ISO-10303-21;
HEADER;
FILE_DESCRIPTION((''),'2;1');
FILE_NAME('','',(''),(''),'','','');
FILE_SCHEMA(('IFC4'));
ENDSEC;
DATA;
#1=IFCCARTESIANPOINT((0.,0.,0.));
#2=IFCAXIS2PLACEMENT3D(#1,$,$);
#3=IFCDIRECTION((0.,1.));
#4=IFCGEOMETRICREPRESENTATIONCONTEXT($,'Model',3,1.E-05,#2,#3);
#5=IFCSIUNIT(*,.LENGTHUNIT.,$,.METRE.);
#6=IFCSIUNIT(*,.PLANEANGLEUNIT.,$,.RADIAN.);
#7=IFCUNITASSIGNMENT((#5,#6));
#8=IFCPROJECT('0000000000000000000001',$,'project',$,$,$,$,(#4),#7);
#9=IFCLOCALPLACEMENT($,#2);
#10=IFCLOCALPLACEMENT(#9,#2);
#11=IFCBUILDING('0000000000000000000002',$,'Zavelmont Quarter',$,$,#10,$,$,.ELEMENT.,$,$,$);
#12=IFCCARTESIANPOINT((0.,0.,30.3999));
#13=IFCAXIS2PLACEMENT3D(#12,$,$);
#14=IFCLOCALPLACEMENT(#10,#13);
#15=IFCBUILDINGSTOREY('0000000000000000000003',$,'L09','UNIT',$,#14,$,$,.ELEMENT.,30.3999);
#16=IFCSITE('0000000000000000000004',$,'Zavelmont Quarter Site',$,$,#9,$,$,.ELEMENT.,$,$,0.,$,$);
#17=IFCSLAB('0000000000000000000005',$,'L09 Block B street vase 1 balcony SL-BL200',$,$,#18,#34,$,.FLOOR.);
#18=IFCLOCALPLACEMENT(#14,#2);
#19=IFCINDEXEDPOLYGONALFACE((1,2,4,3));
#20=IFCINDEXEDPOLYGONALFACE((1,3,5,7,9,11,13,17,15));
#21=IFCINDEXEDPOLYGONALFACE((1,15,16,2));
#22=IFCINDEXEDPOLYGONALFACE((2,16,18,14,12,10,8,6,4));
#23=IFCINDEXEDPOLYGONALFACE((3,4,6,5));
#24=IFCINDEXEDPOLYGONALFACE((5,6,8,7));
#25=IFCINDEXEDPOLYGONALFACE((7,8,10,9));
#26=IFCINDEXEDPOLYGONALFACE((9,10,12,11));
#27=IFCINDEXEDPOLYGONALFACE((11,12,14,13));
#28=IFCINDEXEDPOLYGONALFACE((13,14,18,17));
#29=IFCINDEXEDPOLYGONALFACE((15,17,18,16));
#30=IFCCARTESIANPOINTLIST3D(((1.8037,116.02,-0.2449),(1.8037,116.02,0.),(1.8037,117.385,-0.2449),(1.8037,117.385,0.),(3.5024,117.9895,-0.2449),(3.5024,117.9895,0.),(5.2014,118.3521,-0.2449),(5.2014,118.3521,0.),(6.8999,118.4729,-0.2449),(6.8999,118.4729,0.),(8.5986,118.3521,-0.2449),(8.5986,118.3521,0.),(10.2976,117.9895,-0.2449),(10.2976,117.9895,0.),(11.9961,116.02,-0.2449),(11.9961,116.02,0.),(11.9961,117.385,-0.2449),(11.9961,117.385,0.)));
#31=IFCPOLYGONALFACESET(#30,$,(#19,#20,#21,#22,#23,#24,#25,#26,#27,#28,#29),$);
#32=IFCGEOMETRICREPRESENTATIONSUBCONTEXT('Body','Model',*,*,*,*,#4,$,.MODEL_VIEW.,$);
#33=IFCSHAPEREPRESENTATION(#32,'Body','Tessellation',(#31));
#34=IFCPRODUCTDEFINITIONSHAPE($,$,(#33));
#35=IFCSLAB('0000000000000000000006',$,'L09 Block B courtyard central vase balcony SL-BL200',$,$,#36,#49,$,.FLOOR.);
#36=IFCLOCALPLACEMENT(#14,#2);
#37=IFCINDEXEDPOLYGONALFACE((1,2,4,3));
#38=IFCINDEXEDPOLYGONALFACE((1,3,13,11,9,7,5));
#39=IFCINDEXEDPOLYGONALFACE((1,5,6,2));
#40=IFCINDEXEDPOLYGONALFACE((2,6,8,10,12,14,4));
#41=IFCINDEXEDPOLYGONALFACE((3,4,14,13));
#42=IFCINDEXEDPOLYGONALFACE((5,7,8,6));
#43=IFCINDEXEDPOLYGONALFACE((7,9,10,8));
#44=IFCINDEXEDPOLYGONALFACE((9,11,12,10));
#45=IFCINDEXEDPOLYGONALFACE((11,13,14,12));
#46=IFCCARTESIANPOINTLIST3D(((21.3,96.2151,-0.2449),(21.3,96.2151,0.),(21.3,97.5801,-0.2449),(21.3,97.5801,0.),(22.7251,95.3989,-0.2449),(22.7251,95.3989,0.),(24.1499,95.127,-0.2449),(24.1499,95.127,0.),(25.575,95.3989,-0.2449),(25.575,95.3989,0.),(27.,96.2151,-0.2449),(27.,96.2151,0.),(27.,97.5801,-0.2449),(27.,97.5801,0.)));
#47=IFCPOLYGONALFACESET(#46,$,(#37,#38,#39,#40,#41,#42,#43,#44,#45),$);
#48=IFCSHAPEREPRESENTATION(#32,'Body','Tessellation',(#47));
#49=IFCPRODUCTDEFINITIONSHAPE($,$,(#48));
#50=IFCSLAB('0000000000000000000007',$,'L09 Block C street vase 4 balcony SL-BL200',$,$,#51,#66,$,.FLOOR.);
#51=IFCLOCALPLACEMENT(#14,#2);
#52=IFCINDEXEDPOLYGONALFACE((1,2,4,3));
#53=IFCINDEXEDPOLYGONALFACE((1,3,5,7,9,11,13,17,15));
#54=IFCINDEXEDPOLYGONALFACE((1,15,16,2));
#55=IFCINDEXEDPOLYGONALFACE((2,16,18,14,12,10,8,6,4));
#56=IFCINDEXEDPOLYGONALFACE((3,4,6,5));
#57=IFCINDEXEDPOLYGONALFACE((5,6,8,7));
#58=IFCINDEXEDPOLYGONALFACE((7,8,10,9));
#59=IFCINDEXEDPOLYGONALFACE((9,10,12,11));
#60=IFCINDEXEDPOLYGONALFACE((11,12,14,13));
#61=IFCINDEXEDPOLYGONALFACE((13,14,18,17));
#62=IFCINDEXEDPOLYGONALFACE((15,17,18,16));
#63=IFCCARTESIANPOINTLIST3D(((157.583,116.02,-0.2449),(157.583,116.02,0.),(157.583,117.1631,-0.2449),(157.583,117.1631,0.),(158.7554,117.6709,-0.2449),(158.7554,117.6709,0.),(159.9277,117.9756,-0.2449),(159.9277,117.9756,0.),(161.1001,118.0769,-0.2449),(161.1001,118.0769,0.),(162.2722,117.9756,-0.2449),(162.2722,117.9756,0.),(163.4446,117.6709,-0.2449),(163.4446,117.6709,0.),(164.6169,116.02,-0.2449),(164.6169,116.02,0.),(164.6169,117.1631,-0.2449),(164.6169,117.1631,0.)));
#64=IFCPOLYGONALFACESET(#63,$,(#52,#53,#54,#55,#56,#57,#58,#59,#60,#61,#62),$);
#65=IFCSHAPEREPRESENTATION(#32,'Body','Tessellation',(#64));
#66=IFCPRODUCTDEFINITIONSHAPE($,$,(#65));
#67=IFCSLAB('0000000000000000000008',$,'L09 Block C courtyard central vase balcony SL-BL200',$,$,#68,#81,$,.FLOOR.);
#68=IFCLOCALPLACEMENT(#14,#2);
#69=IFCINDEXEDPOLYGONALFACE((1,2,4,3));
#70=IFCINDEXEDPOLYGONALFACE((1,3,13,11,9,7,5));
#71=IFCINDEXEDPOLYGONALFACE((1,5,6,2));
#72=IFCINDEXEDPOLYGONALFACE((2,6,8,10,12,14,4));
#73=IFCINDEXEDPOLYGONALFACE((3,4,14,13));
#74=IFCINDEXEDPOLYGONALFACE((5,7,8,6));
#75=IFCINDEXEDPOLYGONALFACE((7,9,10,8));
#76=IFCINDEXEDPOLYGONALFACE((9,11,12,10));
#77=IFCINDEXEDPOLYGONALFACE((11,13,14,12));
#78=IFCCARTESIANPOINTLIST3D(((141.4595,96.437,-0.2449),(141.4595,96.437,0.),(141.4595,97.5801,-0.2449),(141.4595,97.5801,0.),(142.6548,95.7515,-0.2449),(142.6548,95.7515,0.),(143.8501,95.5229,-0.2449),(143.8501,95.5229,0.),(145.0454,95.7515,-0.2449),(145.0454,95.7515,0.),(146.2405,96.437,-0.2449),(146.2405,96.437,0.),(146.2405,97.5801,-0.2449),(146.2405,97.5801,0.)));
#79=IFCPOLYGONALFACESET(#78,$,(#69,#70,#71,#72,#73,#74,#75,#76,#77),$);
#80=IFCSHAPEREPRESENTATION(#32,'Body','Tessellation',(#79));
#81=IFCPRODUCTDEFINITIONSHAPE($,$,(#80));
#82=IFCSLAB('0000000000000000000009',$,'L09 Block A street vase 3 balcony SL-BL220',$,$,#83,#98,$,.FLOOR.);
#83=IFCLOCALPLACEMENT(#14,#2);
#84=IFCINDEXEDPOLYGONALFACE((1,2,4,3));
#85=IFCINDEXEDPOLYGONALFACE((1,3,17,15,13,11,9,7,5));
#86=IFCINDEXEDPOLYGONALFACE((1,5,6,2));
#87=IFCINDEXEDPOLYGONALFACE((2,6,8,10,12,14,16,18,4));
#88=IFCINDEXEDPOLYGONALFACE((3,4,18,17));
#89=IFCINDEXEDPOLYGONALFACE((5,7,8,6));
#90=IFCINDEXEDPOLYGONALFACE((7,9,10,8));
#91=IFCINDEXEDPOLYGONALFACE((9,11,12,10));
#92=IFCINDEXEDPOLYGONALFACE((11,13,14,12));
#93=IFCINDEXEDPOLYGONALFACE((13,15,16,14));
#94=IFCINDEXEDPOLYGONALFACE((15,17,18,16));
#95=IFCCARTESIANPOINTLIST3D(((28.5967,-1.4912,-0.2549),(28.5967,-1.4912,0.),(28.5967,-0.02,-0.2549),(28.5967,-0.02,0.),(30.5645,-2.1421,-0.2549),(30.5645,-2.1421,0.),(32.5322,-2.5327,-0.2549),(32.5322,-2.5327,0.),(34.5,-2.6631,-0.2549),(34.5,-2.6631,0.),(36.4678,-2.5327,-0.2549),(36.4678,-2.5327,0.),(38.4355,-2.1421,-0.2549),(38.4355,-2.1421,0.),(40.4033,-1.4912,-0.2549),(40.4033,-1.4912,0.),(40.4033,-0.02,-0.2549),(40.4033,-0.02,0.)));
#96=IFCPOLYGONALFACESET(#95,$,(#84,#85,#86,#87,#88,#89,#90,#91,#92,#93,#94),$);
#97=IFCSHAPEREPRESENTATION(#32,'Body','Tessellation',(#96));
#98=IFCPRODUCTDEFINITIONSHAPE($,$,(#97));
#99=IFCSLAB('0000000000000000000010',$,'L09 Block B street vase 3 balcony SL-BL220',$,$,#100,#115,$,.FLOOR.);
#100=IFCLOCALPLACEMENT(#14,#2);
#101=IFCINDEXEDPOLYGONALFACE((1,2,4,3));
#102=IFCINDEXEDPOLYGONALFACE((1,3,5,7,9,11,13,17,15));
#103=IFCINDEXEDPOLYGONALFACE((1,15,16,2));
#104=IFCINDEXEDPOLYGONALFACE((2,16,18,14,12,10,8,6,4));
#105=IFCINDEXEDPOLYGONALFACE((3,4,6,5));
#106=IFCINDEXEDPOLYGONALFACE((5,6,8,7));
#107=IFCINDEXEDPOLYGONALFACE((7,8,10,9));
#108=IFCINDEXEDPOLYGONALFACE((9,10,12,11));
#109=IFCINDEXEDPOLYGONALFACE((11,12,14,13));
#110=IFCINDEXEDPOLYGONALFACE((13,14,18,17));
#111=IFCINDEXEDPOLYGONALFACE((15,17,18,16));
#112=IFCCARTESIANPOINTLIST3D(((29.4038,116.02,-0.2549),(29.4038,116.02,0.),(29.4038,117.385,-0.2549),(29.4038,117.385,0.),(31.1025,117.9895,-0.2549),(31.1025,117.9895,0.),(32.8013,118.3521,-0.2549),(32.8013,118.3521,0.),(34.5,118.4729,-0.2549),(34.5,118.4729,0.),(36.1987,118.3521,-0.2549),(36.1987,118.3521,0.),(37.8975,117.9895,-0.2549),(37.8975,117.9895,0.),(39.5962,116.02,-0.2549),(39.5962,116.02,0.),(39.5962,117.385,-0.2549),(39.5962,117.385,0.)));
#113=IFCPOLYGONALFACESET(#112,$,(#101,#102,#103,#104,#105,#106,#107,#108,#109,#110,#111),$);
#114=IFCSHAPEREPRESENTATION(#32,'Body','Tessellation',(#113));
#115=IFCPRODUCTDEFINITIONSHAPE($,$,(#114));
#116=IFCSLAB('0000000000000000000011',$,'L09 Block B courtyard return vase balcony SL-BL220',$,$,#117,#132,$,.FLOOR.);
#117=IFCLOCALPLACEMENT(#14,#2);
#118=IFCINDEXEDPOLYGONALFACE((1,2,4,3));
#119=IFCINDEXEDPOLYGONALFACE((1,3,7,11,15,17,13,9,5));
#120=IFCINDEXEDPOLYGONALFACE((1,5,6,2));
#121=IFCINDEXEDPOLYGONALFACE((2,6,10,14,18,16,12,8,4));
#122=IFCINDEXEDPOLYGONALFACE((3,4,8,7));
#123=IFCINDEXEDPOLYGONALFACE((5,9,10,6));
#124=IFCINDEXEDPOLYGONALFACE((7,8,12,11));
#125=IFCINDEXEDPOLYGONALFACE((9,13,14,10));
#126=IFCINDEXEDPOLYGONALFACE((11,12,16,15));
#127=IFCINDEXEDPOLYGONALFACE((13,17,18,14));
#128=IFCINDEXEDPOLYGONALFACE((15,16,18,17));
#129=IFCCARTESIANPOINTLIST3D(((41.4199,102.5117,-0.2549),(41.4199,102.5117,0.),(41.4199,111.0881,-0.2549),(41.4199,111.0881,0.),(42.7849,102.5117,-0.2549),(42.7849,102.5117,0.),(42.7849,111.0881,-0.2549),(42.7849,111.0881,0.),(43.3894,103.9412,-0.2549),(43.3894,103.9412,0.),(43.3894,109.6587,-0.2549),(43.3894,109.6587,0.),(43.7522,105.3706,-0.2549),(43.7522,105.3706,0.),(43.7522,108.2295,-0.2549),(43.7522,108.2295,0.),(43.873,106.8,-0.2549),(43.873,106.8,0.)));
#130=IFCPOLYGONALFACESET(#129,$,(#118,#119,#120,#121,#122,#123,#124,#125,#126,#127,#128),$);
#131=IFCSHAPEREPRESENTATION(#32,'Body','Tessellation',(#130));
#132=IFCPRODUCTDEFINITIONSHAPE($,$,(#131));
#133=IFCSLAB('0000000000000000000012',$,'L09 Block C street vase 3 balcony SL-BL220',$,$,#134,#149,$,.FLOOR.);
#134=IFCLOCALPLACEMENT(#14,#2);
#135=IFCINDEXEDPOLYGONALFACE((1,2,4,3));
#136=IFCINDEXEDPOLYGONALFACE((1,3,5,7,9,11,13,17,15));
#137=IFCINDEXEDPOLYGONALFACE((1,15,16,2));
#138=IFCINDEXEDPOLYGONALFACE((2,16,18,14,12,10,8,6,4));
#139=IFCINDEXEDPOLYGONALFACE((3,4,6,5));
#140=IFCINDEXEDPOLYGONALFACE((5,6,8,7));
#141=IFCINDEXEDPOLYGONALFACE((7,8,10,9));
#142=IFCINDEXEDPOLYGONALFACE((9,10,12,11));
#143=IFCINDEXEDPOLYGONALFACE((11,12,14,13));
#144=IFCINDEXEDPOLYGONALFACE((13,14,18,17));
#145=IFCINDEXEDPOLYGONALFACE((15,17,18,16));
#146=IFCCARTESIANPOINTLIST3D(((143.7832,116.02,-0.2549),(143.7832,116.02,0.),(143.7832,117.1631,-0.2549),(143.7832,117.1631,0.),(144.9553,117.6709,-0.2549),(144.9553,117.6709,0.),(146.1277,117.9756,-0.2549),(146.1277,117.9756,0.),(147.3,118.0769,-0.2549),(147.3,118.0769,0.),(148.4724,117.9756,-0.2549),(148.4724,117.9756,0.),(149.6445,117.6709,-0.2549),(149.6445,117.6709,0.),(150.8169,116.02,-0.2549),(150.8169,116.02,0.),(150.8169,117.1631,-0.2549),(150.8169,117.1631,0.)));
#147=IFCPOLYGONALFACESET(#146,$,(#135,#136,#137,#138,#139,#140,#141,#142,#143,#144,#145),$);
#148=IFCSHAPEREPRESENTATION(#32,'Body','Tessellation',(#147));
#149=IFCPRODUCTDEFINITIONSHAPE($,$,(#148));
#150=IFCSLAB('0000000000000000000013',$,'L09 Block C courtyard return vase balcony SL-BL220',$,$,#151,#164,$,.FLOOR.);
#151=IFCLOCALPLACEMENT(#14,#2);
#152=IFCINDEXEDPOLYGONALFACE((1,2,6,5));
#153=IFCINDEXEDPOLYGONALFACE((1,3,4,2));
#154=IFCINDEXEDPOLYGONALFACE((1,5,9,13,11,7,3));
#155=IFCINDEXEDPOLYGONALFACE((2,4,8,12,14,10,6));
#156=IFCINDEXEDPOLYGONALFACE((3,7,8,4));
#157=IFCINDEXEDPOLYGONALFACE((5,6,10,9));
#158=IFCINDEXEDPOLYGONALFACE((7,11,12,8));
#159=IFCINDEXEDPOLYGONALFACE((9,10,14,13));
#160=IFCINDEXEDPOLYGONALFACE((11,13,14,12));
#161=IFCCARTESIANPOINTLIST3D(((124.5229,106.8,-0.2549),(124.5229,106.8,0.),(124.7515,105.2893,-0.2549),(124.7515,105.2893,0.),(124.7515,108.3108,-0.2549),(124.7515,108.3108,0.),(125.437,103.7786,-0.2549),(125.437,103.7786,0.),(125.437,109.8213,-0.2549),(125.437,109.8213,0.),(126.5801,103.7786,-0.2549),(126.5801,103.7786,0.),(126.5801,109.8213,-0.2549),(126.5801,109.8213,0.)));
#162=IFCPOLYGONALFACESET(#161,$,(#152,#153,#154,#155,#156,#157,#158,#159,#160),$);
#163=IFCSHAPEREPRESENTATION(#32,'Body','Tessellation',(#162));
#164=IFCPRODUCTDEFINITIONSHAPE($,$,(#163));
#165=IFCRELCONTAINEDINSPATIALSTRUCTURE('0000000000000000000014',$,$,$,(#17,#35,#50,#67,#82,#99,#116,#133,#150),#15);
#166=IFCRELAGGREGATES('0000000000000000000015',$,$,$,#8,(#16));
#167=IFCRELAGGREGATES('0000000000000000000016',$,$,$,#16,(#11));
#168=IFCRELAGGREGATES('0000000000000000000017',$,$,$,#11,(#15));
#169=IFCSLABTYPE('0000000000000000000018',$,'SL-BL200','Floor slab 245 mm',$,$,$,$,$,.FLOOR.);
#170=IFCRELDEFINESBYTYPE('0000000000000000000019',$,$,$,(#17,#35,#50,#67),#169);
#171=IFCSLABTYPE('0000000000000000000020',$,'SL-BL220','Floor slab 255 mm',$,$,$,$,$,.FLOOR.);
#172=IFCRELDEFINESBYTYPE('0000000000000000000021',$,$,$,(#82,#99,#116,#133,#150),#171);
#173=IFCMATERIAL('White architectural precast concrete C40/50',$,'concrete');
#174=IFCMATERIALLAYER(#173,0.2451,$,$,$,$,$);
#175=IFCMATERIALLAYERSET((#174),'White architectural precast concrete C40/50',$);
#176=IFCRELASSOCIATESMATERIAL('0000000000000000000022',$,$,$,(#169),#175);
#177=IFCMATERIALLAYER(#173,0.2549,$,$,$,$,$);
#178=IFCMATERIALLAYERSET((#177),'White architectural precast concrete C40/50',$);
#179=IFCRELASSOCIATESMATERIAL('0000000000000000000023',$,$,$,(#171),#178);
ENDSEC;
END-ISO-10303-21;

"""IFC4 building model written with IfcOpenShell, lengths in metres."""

from ifc_helpers import new_model, si_unit, direction, frame, origin, place, context, subcontext, project, spatial, polyline, outline, extrude, material, layer, layer_set, type_object, element, save


model = new_model("IFC4")

# Units and contexts
model_context = context("Model", 3, precision=1e-05, world=origin(), true_north=direction((0.0, 1.0)))
body_context = subcontext(model_context, "Body", "Model", "MODEL_VIEW")
ifc_project = project(units=[si_unit("LENGTHUNIT", "METRE"), si_unit("PLANEANGLEUNIT", "RADIAN")], contexts=[model_context])

# Site, building, storey
site_placement = place(None, origin())
site = spatial("IfcSite", under=ifc_project, at=site_placement, Name="Zavelmont Quarter Site", CompositionType="ELEMENT", RefElevation=0.0)
building_placement = place(site_placement, origin())
building = spatial("IfcBuilding", under=site, at=building_placement, Name="Zavelmont Quarter", CompositionType="ELEMENT")
storey_placement = place(building_placement, frame((0.0, 0.0, 30.3999)))
storey = spatial("IfcBuildingStorey", under=building, at=storey_placement, Name="L09", Description="UNIT", CompositionType="ELEMENT", Elevation=30.3999)

# Shared definitions
ifc_material_1 = material(Name="White architectural precast concrete C40/50", Category="concrete")

# Slabs
ifc_layer_1 = layer(ifc_material_1, 0.2451)
ifc_layer_set_1 = layer_set([ifc_layer_1], Name="White architectural precast concrete C40/50")
slab_type_1 = type_object("IfcSlabType", Name="SL-BL200", Description="Floor slab 245 mm", PredefinedType="FLOOR", material=ifc_layer_set_1)
slab_1_placement = place(storey_placement, frame((0.0, 0.0, -0.2449)))
element("IfcSlab", 1, at=slab_1_placement, inside=storey, type_object=slab_type_1, Name="L09 Block B street vase 1 balcony SL-BL200", PredefinedType="FLOOR", context=body_context, shape_type="SweptSolid", body=[
    extrude(outline(polyline([(11.9961, 116.02), (11.9961, 117.385), (10.2976, 117.9895), (8.5986, 118.3521), (6.8999, 118.4729), (5.2014, 118.3521), (3.5024, 117.9895), (1.8037, 117.385), (1.8037, 116.02), (11.9961, 116.02)])), origin(), (0.0, 0.0, 1.0), 0.2449),
])
slab_2_placement = place(storey_placement, frame((0.0, 0.0, -0.2449)))
element("IfcSlab", 2, at=slab_2_placement, inside=storey, type_object=slab_type_1, Name="L09 Block B courtyard central vase balcony SL-BL200", PredefinedType="FLOOR", context=body_context, shape_type="SweptSolid", body=[
    extrude(outline(polyline([(21.3, 97.5801), (21.3, 96.2151), (22.7251, 95.3989), (24.1499, 95.127), (25.575, 95.3989), (27.0, 96.2151), (27.0, 97.5801), (21.3, 97.5801)])), origin(), (0.0, 0.0, 1.0), 0.2449),
])
slab_3_placement = place(storey_placement, frame((0.0, 0.0, -0.2449)))
element("IfcSlab", 3, at=slab_3_placement, inside=storey, type_object=slab_type_1, Name="L09 Block C street vase 4 balcony SL-BL200", PredefinedType="FLOOR", context=body_context, shape_type="SweptSolid", body=[
    extrude(outline(polyline([(164.6169, 116.02), (164.6169, 117.1631), (163.4446, 117.6709), (162.2722, 117.9756), (161.1001, 118.0769), (159.9277, 117.9756), (158.7554, 117.6709), (157.583, 117.1631), (157.583, 116.02), (164.6169, 116.02)])), origin(), (0.0, 0.0, 1.0), 0.2449),
])
slab_4_placement = place(storey_placement, frame((0.0, 0.0, -0.2449)))
element("IfcSlab", 4, at=slab_4_placement, inside=storey, type_object=slab_type_1, Name="L09 Block C courtyard central vase balcony SL-BL200", PredefinedType="FLOOR", context=body_context, shape_type="SweptSolid", body=[
    extrude(outline(polyline([(141.4595, 97.5801), (141.4595, 96.437), (142.6548, 95.7515), (143.8501, 95.5229), (145.0454, 95.7515), (146.2405, 96.437), (146.2405, 97.5801), (141.4595, 97.5801)])), origin(), (0.0, 0.0, 1.0), 0.2449),
])
ifc_layer_2 = layer(ifc_material_1, 0.2549)
ifc_layer_set_2 = layer_set([ifc_layer_2], Name="White architectural precast concrete C40/50")
slab_type_2 = type_object("IfcSlabType", Name="SL-BL220", Description="Floor slab 255 mm", PredefinedType="FLOOR", material=ifc_layer_set_2)
slab_5_placement = place(storey_placement, frame((0.0, 0.0, -0.2549)))
element("IfcSlab", 5, at=slab_5_placement, inside=storey, type_object=slab_type_2, Name="L09 Block A street vase 3 balcony SL-BL220", PredefinedType="FLOOR", context=body_context, shape_type="SweptSolid", body=[
    extrude(outline(polyline([(28.5967, -0.02), (28.5967, -1.4912), (30.5645, -2.1421), (32.5322, -2.5327), (34.5, -2.6631), (36.4678, -2.5327), (38.4355, -2.1421), (40.4033, -1.4912), (40.4033, -0.02), (28.5967, -0.02)])), origin(), (0.0, 0.0, 1.0), 0.2549),
])
slab_6_placement = place(storey_placement, frame((0.0, 0.0, -0.2549)))
element("IfcSlab", 6, at=slab_6_placement, inside=storey, type_object=slab_type_2, Name="L09 Block B street vase 3 balcony SL-BL220", PredefinedType="FLOOR", context=body_context, shape_type="SweptSolid", body=[
    extrude(outline(polyline([(39.5962, 116.02), (39.5962, 117.385), (37.8975, 117.9895), (36.1987, 118.3521), (34.5, 118.4729), (32.8013, 118.3521), (31.1025, 117.9895), (29.4038, 117.385), (29.4038, 116.02), (39.5962, 116.02)])), origin(), (0.0, 0.0, 1.0), 0.2549),
])
slab_7_placement = place(storey_placement, frame((0.0, 0.0, -0.2549)))
element("IfcSlab", 7, at=slab_7_placement, inside=storey, type_object=slab_type_2, Name="L09 Block B courtyard return vase balcony SL-BL220", PredefinedType="FLOOR", context=body_context, shape_type="SweptSolid", body=[
    extrude(outline(polyline([(41.4199, 102.5117), (42.7849, 102.5117), (43.3894, 103.9412), (43.7522, 105.3706), (43.873, 106.8), (43.7522, 108.2295), (43.3894, 109.6587), (42.7849, 111.0881), (41.4199, 111.0881), (41.4199, 102.5117)])), origin(), (0.0, 0.0, 1.0), 0.2549),
])
slab_8_placement = place(storey_placement, frame((0.0, 0.0, -0.2549)))
element("IfcSlab", 8, at=slab_8_placement, inside=storey, type_object=slab_type_2, Name="L09 Block C street vase 3 balcony SL-BL220", PredefinedType="FLOOR", context=body_context, shape_type="SweptSolid", body=[
    extrude(outline(polyline([(150.8169, 116.02), (150.8169, 117.1631), (149.6445, 117.6709), (148.4724, 117.9756), (147.3, 118.0769), (146.1277, 117.9756), (144.9553, 117.6709), (143.7832, 117.1631), (143.7832, 116.02), (150.8169, 116.02)])), origin(), (0.0, 0.0, 1.0), 0.2549),
])
slab_9_placement = place(storey_placement, frame((0.0, 0.0, -0.2549)))
element("IfcSlab", 9, at=slab_9_placement, inside=storey, type_object=slab_type_2, Name="L09 Block C courtyard return vase balcony SL-BL220", PredefinedType="FLOOR", context=body_context, shape_type="SweptSolid", body=[
    extrude(outline(polyline([(126.5801, 109.8213), (125.437, 109.8213), (124.7515, 108.3108), (124.5229, 106.8), (124.7515, 105.2893), (125.437, 103.7786), (126.5801, 103.7786), (126.5801, 109.8213)])), origin(), (0.0, 0.0, 1.0), 0.2549),
])

save(model, "model.ifc")
